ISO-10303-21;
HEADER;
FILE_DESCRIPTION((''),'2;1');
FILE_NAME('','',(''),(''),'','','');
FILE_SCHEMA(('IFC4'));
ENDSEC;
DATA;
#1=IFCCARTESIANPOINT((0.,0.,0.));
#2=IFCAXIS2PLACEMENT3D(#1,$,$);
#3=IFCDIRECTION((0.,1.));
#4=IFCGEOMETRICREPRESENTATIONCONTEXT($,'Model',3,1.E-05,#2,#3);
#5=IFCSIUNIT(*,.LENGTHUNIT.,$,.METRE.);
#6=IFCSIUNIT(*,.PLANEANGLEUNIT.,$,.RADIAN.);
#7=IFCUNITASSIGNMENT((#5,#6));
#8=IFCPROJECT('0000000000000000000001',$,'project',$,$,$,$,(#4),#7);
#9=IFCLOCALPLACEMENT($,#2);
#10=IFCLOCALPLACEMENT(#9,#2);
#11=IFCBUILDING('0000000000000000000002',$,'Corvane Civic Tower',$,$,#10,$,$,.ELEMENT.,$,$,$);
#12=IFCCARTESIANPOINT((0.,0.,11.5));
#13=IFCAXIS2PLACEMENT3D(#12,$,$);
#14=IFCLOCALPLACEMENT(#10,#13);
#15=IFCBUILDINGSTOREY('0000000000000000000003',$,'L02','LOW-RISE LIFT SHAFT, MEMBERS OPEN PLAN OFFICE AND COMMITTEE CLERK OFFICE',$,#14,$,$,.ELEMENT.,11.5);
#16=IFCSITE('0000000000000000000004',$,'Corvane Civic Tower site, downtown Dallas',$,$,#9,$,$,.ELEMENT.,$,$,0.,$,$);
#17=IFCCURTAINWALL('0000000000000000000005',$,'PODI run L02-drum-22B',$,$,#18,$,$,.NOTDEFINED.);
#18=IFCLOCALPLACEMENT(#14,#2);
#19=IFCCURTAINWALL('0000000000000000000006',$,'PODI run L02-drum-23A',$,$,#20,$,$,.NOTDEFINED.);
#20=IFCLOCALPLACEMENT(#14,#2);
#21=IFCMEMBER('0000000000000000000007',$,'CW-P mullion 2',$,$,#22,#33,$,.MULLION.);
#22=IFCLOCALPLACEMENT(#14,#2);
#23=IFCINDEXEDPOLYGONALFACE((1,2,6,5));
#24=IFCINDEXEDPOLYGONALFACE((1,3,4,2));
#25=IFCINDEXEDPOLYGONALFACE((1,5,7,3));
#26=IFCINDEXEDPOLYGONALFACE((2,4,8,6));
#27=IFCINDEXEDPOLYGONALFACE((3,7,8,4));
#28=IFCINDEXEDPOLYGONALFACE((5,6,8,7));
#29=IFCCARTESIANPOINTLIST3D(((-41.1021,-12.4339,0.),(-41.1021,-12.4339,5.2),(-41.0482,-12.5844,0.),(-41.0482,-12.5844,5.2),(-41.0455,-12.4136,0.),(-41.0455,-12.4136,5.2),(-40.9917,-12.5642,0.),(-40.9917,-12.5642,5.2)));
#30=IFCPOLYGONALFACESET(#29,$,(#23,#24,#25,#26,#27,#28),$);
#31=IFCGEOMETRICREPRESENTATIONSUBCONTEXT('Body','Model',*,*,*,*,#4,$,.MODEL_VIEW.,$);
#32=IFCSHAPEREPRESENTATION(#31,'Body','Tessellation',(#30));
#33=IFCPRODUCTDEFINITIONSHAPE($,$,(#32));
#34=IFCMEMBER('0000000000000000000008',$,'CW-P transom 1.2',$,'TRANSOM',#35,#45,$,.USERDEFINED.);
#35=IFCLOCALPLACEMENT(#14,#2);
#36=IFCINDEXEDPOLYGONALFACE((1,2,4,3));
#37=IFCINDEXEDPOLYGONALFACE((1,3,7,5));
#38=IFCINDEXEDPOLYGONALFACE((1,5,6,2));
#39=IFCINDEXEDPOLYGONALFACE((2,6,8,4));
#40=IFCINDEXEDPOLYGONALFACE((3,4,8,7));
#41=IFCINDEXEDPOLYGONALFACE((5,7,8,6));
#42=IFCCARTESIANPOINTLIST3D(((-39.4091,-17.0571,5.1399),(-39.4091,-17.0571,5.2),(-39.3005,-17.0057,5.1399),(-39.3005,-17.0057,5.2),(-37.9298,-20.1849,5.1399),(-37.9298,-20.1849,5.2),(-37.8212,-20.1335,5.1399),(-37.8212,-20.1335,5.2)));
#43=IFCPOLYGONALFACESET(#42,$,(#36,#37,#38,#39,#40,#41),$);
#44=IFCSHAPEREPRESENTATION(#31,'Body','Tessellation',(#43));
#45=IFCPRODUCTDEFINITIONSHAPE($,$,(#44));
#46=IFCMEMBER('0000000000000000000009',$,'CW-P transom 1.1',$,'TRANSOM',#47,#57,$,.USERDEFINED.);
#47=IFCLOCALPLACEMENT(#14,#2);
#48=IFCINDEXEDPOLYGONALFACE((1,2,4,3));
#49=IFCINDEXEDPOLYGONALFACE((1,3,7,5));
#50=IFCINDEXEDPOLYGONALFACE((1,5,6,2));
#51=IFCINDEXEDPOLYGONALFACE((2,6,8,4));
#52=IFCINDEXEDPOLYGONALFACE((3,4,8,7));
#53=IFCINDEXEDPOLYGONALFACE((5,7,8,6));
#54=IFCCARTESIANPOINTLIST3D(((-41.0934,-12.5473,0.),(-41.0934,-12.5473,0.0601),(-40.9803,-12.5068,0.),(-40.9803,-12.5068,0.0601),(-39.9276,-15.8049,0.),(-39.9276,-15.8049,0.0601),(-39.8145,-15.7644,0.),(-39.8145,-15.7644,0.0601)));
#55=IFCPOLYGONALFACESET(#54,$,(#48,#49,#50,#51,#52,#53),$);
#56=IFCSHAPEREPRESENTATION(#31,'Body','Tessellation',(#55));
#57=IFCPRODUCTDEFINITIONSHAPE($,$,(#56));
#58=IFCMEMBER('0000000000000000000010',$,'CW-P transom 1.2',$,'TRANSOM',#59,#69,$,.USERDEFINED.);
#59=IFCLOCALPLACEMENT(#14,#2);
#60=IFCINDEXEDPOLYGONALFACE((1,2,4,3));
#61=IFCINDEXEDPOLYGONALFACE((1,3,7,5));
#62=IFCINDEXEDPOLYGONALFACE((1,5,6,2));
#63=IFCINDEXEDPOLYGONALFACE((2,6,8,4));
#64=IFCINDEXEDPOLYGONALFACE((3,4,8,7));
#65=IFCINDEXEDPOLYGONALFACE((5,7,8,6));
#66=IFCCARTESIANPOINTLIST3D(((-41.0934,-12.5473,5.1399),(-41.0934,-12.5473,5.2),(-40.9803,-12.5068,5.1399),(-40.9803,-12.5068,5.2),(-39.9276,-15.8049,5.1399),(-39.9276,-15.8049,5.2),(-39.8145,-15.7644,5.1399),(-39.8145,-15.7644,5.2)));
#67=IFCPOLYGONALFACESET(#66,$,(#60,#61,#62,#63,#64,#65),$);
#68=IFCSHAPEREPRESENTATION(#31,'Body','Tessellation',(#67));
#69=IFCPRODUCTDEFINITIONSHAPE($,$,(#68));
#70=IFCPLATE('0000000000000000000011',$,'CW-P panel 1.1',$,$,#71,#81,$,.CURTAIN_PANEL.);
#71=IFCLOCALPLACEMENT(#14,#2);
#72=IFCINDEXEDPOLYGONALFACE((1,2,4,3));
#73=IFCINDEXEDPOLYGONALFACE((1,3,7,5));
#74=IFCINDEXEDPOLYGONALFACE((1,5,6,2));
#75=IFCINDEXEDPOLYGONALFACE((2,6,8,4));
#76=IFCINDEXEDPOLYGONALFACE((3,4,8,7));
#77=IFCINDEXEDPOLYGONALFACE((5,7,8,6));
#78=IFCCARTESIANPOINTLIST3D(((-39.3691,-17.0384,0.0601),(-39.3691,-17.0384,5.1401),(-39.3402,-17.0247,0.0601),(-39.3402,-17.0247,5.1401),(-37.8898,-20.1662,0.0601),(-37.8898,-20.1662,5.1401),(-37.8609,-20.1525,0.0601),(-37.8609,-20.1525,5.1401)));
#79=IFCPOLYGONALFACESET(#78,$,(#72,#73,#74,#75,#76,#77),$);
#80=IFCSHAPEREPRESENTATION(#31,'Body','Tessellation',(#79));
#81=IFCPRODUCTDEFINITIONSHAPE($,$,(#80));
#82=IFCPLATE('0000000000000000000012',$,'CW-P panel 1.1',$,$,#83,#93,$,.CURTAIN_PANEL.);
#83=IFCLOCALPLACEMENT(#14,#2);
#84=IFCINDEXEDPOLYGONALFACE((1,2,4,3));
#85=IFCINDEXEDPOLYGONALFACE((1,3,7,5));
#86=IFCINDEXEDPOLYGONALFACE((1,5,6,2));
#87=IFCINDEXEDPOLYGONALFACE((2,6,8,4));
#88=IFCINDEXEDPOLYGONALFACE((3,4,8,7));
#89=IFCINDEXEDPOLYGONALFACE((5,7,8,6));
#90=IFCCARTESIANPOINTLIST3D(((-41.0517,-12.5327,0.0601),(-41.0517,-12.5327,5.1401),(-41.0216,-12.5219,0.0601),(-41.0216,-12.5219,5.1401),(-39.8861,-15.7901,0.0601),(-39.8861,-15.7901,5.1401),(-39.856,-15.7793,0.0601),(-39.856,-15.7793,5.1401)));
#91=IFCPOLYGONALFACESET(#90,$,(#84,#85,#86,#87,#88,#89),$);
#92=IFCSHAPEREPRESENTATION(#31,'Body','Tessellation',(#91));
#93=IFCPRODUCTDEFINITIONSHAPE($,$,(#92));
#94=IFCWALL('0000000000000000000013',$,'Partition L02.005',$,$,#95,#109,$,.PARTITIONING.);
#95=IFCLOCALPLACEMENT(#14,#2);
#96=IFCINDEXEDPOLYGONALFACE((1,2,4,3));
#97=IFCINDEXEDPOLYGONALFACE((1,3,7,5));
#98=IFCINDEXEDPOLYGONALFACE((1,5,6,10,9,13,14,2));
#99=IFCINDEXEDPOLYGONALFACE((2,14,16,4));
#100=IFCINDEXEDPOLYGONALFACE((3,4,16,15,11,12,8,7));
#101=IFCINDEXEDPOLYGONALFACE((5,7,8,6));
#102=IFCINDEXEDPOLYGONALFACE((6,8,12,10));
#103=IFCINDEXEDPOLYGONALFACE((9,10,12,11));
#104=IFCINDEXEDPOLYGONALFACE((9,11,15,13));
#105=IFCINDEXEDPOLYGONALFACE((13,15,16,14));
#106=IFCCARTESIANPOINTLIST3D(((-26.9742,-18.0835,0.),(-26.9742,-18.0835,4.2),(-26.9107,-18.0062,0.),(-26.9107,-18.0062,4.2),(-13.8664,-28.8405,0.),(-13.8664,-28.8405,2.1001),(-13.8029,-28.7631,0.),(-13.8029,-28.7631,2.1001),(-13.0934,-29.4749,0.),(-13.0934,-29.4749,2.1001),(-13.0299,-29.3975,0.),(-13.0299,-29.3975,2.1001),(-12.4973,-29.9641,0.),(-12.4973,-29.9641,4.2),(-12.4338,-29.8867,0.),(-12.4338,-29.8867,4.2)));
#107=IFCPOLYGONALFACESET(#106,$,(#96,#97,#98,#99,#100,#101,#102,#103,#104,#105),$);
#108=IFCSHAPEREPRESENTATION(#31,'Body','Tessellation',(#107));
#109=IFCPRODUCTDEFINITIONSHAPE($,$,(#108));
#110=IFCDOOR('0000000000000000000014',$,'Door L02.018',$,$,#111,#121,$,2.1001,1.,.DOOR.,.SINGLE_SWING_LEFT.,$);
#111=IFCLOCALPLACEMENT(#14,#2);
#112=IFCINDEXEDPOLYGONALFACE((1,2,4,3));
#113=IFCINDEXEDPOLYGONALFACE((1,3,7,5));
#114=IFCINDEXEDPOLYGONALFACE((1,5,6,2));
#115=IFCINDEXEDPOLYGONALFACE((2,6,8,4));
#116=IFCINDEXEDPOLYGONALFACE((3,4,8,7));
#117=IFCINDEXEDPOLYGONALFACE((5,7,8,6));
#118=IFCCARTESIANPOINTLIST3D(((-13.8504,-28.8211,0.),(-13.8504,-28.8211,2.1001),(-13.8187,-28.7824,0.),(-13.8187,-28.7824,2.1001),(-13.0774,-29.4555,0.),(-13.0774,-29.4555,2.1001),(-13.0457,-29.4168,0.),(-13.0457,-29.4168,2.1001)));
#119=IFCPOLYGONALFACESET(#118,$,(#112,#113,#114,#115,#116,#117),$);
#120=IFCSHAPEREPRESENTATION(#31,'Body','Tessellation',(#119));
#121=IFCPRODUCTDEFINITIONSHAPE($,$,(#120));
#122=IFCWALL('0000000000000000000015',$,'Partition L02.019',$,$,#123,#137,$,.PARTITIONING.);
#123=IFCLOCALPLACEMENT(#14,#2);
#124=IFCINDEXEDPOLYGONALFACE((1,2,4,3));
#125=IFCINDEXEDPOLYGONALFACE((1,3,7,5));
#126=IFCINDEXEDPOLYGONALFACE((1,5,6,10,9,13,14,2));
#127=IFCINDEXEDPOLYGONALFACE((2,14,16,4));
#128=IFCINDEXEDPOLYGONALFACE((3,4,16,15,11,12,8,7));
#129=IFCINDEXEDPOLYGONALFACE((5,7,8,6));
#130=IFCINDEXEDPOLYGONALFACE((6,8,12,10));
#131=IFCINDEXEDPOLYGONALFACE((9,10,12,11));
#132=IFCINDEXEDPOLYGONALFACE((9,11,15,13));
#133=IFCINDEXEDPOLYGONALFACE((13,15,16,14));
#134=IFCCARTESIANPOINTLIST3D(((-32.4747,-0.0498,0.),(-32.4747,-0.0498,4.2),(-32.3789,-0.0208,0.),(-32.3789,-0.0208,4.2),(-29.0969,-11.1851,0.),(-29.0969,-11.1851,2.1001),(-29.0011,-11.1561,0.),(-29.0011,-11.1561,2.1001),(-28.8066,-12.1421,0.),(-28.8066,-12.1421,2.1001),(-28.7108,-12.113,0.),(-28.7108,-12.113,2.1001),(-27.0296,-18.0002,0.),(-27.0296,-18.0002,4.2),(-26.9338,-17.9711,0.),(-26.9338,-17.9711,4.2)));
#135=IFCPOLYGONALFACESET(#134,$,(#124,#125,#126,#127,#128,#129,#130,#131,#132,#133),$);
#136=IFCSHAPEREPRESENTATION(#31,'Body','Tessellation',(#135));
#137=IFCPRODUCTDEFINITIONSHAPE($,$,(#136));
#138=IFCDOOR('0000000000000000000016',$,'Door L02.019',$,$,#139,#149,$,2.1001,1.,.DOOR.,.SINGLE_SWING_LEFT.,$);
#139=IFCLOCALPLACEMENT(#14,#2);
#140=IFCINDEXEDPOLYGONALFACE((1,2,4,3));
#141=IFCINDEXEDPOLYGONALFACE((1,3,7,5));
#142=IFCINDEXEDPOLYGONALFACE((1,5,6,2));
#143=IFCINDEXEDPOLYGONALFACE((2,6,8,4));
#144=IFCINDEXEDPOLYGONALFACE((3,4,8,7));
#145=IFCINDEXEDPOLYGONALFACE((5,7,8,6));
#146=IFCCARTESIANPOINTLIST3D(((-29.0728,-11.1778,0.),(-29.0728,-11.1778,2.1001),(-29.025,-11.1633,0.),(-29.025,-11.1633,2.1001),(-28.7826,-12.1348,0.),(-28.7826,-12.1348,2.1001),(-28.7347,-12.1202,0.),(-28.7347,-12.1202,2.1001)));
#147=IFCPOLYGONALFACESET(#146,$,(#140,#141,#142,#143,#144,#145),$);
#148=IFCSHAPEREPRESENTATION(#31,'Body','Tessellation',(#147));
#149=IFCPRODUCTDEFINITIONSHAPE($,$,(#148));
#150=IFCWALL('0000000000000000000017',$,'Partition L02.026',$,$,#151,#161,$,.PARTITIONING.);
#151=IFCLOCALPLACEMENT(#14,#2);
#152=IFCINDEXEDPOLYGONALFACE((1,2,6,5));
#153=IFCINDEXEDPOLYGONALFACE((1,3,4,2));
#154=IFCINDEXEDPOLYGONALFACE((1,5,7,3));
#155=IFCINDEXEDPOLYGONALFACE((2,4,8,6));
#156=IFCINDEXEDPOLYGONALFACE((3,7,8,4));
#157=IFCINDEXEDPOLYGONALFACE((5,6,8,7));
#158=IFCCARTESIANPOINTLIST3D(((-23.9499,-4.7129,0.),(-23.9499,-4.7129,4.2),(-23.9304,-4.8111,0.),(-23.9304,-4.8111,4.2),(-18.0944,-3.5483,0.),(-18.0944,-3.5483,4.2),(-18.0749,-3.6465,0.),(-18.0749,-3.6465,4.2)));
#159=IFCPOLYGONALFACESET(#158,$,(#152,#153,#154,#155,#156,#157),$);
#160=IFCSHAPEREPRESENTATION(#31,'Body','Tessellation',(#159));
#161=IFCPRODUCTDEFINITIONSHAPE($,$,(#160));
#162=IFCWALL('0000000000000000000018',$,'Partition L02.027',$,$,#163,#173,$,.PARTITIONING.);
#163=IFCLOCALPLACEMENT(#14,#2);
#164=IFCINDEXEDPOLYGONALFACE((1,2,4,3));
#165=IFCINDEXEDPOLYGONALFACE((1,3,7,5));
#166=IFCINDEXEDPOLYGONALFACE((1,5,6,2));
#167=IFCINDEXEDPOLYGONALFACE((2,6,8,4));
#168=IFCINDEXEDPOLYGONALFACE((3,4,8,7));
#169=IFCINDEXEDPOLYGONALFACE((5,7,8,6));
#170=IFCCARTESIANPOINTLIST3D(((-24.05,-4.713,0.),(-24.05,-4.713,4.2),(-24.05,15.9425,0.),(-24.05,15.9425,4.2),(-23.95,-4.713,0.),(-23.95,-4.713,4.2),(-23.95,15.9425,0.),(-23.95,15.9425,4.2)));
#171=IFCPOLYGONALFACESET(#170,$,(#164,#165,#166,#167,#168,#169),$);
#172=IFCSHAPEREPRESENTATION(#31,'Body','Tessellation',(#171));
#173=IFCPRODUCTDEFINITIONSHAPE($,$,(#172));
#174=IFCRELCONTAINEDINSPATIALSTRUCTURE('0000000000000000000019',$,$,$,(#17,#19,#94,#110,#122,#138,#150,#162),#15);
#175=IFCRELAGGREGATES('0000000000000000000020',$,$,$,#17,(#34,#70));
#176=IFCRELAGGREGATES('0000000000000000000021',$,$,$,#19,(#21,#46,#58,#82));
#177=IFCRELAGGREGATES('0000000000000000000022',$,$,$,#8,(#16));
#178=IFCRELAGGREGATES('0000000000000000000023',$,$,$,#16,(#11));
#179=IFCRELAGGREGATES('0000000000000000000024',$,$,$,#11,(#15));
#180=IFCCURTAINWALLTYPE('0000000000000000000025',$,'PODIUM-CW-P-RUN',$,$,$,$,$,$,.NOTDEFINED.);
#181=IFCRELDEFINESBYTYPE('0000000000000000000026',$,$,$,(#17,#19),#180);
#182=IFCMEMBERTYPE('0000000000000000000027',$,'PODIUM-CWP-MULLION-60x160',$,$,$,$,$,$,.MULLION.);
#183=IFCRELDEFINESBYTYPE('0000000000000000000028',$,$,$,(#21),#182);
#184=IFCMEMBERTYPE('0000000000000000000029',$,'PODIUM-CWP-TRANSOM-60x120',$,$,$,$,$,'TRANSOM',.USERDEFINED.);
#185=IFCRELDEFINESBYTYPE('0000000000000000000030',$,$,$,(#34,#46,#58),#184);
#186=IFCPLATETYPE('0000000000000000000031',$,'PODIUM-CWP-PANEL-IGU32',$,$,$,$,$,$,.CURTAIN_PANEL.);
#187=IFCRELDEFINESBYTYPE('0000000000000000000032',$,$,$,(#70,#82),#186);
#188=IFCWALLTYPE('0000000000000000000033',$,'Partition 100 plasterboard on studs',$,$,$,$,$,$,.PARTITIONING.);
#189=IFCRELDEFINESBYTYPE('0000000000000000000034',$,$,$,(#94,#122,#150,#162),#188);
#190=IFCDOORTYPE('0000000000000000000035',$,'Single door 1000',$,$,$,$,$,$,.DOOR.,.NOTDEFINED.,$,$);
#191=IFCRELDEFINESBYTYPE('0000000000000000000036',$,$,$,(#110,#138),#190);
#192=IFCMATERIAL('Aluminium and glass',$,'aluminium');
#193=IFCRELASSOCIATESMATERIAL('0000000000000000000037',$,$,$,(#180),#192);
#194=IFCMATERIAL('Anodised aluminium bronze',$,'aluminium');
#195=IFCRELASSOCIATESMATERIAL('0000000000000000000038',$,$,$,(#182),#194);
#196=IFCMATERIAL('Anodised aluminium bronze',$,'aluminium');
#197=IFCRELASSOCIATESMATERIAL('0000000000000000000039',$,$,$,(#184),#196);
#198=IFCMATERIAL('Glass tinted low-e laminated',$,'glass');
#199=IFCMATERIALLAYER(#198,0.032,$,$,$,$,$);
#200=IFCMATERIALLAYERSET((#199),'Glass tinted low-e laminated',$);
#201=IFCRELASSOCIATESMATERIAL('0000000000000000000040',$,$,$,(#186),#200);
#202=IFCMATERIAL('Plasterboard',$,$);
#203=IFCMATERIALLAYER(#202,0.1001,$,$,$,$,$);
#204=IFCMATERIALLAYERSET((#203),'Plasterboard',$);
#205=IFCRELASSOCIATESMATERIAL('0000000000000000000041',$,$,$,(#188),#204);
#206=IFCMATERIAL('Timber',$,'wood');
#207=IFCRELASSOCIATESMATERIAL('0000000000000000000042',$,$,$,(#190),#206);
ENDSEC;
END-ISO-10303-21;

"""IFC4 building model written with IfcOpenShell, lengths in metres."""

from ifc_helpers import new_model, si_unit, direction, frame, frame_2d, origin, origin_2d, place, context, subcontext, project, spatial, rectangle, extrude, material, layer, layer_set, material_profile, profile_set, type_object, element, fill, aggregate, save


model = new_model("IFC4")

# Units and contexts
model_context = context("Model", 3, precision=1e-05, world=origin(), true_north=direction((0.0, 1.0)))
body_context = subcontext(model_context, "Body", "Model", "MODEL_VIEW")
ifc_project = project(units=[si_unit("LENGTHUNIT", "METRE"), si_unit("PLANEANGLEUNIT", "RADIAN")], contexts=[model_context])

# Site, building, storey
site_placement = place(None, origin())
site = spatial("IfcSite", under=ifc_project, at=site_placement, Name="Corvane Civic Tower site, downtown Dallas", CompositionType="ELEMENT", RefElevation=0.0)
building_placement = place(site_placement, origin())
building = spatial("IfcBuilding", under=site, at=building_placement, Name="Corvane Civic Tower", CompositionType="ELEMENT")
storey_placement = place(building_placement, frame((0.0, 0.0, 11.5)))
storey = spatial("IfcBuildingStorey", under=building, at=storey_placement, Name="L02", Description="LOW-RISE LIFT SHAFT, MEMBERS OPEN PLAN OFFICE AND COMMITTEE CLERK OFFICE", CompositionType="ELEMENT", Elevation=11.5)

# Curtain wall
ifc_material_1 = material(Name="Aluminium and glass", Category="aluminium")
curtain_wall_type = type_object("IfcCurtainWallType", Name="PODIUM-CW-P-RUN", PredefinedType="NOTDEFINED", material=ifc_material_1)
curtain_wall_1_placement = place(storey_placement, origin())
curtain_wall_1 = element("IfcCurtainWall", 1, at=curtain_wall_1_placement, inside=storey, type_object=curtain_wall_type, Name="PODI run L02-drum-22B", PredefinedType="NOTDEFINED")
ifc_material_2 = material(Name="Anodised aluminium bronze", Category="aluminium")
ifc_material_profile_1 = material_profile(ifc_material_2, rectangle(XDim=0.0601, YDim=0.1599, at=origin_2d()), Name="AL 60x160")
ifc_profile_set_1 = profile_set([ifc_material_profile_1], Name="Anodised aluminium bronze")
member_type_1 = type_object("IfcMemberType", Name="PODIUM-CWP-MULLION-60x160", PredefinedType="MULLION", material=ifc_profile_set_1)

# Curtain wall, member
curtain_wall_2_placement = place(storey_placement, origin())
curtain_wall_2 = element("IfcCurtainWall", 2, at=curtain_wall_2_placement, inside=storey, type_object=curtain_wall_type, Name="PODI run L02-drum-23A", PredefinedType="NOTDEFINED")
member_1_placement = place(storey_placement, frame((-41.0469, -12.499, 0.0), z_axis=(0.0, 0.0, 1.0), x_axis=(-0.941534, -0.336919, 0.0)))
member_1 = element("IfcMember", 3, at=member_1_placement, type_object=member_type_1, Name="CW-P mullion 2", PredefinedType="MULLION", context=body_context, shape_type="SweptSolid", body=[
    extrude(rectangle(XDim=0.0601, YDim=0.1599, at=origin_2d()), origin(), (0.0, 0.0, 1.0), 5.2),
])

# Members
ifc_material_3 = material(Name="Anodised aluminium bronze", Category="aluminium")
ifc_material_profile_2 = material_profile(ifc_material_3, rectangle(XDim=0.1201, YDim=0.0601, at=origin_2d()), Name="AL 120x60")
ifc_profile_set_2 = profile_set([ifc_material_profile_2], Name="Anodised aluminium bronze")
member_type_2 = type_object("IfcMemberType", Name="PODIUM-CWP-TRANSOM-60x120", ElementType="TRANSOM", PredefinedType="USERDEFINED", material=ifc_profile_set_2)
member_2_placement = place(storey_placement, frame((-37.8755, -20.1592, 5.1699), z_axis=(-0.427546, 0.903993, 0.0), x_axis=(-0.903993, -0.427546, 0.0)))
member_2 = element("IfcMember", 4, at=member_2_placement, type_object=member_type_2, Name="CW-P transom 1.2", ObjectType="TRANSOM", PredefinedType="USERDEFINED", context=body_context, shape_type="SweptSolid", body=[
    extrude(rectangle(XDim=0.1201, YDim=0.0601, at=origin_2d()), origin(), (0.0, 0.0, 1.0), 3.46),
])
member_3_placement = place(storey_placement, frame((-39.8711, -15.7847, 0.03), z_axis=(-0.33694, 0.941526, 0.0), x_axis=(-0.941526, -0.33694, 0.0)))
member_3 = element("IfcMember", 5, at=member_3_placement, type_object=member_type_2, Name="CW-P transom 1.1", ObjectType="TRANSOM", PredefinedType="USERDEFINED", context=body_context, shape_type="SweptSolid", body=[
    extrude(rectangle(XDim=0.1201, YDim=0.0601, at=origin_2d()), origin(), (0.0, 0.0, 1.0), 3.46),
])
member_4_placement = place(storey_placement, frame((-39.8711, -15.7847, 5.1699), z_axis=(-0.33694, 0.941526, 0.0), x_axis=(-0.941526, -0.33694, 0.0)))
member_4 = element("IfcMember", 6, at=member_4_placement, type_object=member_type_2, Name="CW-P transom 1.2", ObjectType="TRANSOM", PredefinedType="USERDEFINED", context=body_context, shape_type="SweptSolid", body=[
    extrude(rectangle(XDim=0.1201, YDim=0.0601, at=origin_2d()), origin(), (0.0, 0.0, 1.0), 3.46),
])

# Plates
ifc_material_4 = material(Name="Glass tinted low-e laminated", Category="glass")
ifc_layer_1 = layer(ifc_material_4, 0.032)
ifc_layer_set_1 = layer_set([ifc_layer_1], Name="Glass tinted low-e laminated")
plate_type = type_object("IfcPlateType", Name="PODIUM-CWP-PANEL-IGU32", PredefinedType="CURTAIN_PANEL", material=ifc_layer_set_1)
plate_1_placement = place(storey_placement, frame((-38.615, -18.5955, 0.0601), z_axis=(0.0, 0.0, 1.0), x_axis=(-0.427553, 0.90399, 0.0)))
plate_1 = element("IfcPlate", 7, at=plate_1_placement, type_object=plate_type, Name="CW-P panel 1.1", PredefinedType="CURTAIN_PANEL", context=body_context, shape_type="SweptSolid", body=[
    extrude(rectangle(XDim=3.46, YDim=0.032, at=origin_2d()), origin(), (0.0, 0.0, 1.0), 5.0801),
])
aggregate(curtain_wall_1, [member_2, plate_1])
plate_2_placement = place(storey_placement, frame((-40.4539, -14.156, 0.0601), z_axis=(0.0, 0.0, 1.0), x_axis=(-0.336919, 0.941534, 0.0)))
plate_2 = element("IfcPlate", 8, at=plate_2_placement, type_object=plate_type, Name="CW-P panel 1.1", PredefinedType="CURTAIN_PANEL", context=body_context, shape_type="SweptSolid", body=[
    extrude(rectangle(XDim=3.4597, YDim=0.032, at=origin_2d()), origin(), (0.0, 0.0, 1.0), 5.0801),
])
aggregate(curtain_wall_2, [member_1, member_3, member_4, plate_2])

# Walls, openings, doors
ifc_material_5 = material(Name="Plasterboard")
ifc_layer_2 = layer(ifc_material_5, 0.1001)
ifc_layer_set_2 = layer_set([ifc_layer_2], Name="Plasterboard")
wall_type = type_object("IfcWallType", Name="Partition 100 plasterboard on studs", PredefinedType="PARTITIONING", material=ifc_layer_set_2)
wall_1_placement = place(storey_placement, frame((-26.9424, -18.0449, 0.0), z_axis=(0.0, 0.0, 1.0), x_axis=(0.773021, -0.634381, 0.0)))
wall_1 = element("IfcWall", 9, at=wall_1_placement, inside=storey, type_object=wall_type, Name="Partition L02.005", PredefinedType="PARTITIONING", context=body_context, shape_type="SweptSolid", body=[
    extrude(rectangle(XDim=18.7278, YDim=0.1001, at=frame_2d((9.3638, 0.0))), origin(), (0.0, 0.0, 1.0), 4.2),
])
opening_1_placement = place(wall_1_placement, frame((16.9565, 0.0, 0.0)))
opening_1 = element("IfcOpeningElement", 10, at=opening_1_placement, cuts=wall_1, PredefinedType="OPENING", context=body_context, shape_type="SweptSolid", body=[
    extrude(rectangle(XDim=1.0, YDim=2.1001, at=frame_2d((0.5, 1.05))), frame((0.0, 0.0601, 0.0), z_axis=(0.0, -1.0, 0.0), x_axis=(1.0, 0.0, 0.0)), (0.0, 0.0, 1.0), 0.1201),
])
ifc_material_6 = material(Name="Timber", Category="wood")
door_type = type_object("IfcDoorType", Name="Single door 1000", OperationType="NOTDEFINED", PredefinedType="DOOR", material=ifc_material_6)
door_1_placement = place(opening_1_placement, frame((1.0, 0.0, 0.0), z_axis=(0.0, 0.0, 1.0), x_axis=(-1.0, 0.0, 0.0)))
door_1 = element("IfcDoor", 11, at=door_1_placement, inside=storey, type_object=door_type, Name="Door L02.018", OperationType="SINGLE_SWING_LEFT", OverallHeight=2.1001, OverallWidth=1.0, PredefinedType="DOOR", context=body_context, shape_type="SweptSolid", body=[
    extrude(rectangle(XDim=1.0, YDim=2.1001, at=frame_2d((0.5, 1.05))), frame((0.0, 0.0249, 0.0), z_axis=(0.0, -1.0, 0.0), x_axis=(1.0, 0.0, 0.0)), (0.0, 0.0, 1.0), 0.05),
])
fill(opening_1, door_1)
wall_2_placement = place(storey_placement, frame((-32.4268, -0.0354, 0.0), z_axis=(0.0, 0.0, 1.0), x_axis=(0.290278, -0.956942, 0.0)))
wall_2 = element("IfcWall", 12, at=wall_2_placement, inside=storey, type_object=wall_type, Name="Partition L02.019", PredefinedType="PARTITIONING", context=body_context, shape_type="SweptSolid", body=[
    extrude(rectangle(XDim=18.7581, YDim=0.1001, at=frame_2d((9.3789, 0.0))), origin(), (0.0, 0.0, 1.0), 4.2),
])
opening_2_placement = place(wall_2_placement, frame((11.6362, 0.0, 0.0)))
opening_2 = element("IfcOpeningElement", 13, at=opening_2_placement, cuts=wall_2, PredefinedType="OPENING", context=body_context, shape_type="SweptSolid", body=[
    extrude(rectangle(XDim=1.0, YDim=2.1001, at=frame_2d((0.5, 1.05))), frame((0.0, 0.0601, 0.0), z_axis=(0.0, -1.0, 0.0), x_axis=(1.0, 0.0, 0.0)), (0.0, 0.0, 1.0), 0.1201),
])
door_2_placement = place(opening_2_placement, frame((1.0, 0.0, 0.0), z_axis=(0.0, 0.0, 1.0), x_axis=(-1.0, 0.0, 0.0)))
door_2 = element("IfcDoor", 14, at=door_2_placement, inside=storey, type_object=door_type, Name="Door L02.019", OperationType="SINGLE_SWING_LEFT", OverallHeight=2.1001, OverallWidth=1.0, PredefinedType="DOOR", context=body_context, shape_type="SweptSolid", body=[
    extrude(rectangle(XDim=1.0, YDim=2.1001, at=frame_2d((0.5, 1.05))), frame((0.0, 0.0249, 0.0), z_axis=(0.0, -1.0, 0.0), x_axis=(1.0, 0.0, 0.0)), (0.0, 0.0, 1.0), 0.05),
])
fill(opening_2, door_2)

# Walls
wall_3_placement = place(storey_placement, frame((-23.9402, -4.762, 0.0), z_axis=(0.0, 0.0, 1.0), x_axis=(0.980791, 0.195062, 0.0)))
element("IfcWall", 15, at=wall_3_placement, inside=storey, type_object=wall_type, Name="Partition L02.026", PredefinedType="PARTITIONING", context=body_context, shape_type="SweptSolid", body=[
    extrude(rectangle(XDim=5.9702, YDim=0.1001, at=frame_2d((2.9851, 0.0))), origin(), (0.0, 0.0, 1.0), 4.2),
])
wall_4_placement = place(storey_placement, frame((-24.0, -4.7129, 0.0), z_axis=(0.0, 0.0, 1.0), x_axis=(0.0, 1.0, 0.0)))
element("IfcWall", 16, at=wall_4_placement, inside=storey, type_object=wall_type, Name="Partition L02.027", PredefinedType="PARTITIONING", context=body_context, shape_type="SweptSolid", body=[
    extrude(rectangle(XDim=20.6555, YDim=0.1001, at=frame_2d((10.3276, 0.0))), origin(), (0.0, 0.0, 1.0), 4.2),
])

save(model, "model.ifc")
